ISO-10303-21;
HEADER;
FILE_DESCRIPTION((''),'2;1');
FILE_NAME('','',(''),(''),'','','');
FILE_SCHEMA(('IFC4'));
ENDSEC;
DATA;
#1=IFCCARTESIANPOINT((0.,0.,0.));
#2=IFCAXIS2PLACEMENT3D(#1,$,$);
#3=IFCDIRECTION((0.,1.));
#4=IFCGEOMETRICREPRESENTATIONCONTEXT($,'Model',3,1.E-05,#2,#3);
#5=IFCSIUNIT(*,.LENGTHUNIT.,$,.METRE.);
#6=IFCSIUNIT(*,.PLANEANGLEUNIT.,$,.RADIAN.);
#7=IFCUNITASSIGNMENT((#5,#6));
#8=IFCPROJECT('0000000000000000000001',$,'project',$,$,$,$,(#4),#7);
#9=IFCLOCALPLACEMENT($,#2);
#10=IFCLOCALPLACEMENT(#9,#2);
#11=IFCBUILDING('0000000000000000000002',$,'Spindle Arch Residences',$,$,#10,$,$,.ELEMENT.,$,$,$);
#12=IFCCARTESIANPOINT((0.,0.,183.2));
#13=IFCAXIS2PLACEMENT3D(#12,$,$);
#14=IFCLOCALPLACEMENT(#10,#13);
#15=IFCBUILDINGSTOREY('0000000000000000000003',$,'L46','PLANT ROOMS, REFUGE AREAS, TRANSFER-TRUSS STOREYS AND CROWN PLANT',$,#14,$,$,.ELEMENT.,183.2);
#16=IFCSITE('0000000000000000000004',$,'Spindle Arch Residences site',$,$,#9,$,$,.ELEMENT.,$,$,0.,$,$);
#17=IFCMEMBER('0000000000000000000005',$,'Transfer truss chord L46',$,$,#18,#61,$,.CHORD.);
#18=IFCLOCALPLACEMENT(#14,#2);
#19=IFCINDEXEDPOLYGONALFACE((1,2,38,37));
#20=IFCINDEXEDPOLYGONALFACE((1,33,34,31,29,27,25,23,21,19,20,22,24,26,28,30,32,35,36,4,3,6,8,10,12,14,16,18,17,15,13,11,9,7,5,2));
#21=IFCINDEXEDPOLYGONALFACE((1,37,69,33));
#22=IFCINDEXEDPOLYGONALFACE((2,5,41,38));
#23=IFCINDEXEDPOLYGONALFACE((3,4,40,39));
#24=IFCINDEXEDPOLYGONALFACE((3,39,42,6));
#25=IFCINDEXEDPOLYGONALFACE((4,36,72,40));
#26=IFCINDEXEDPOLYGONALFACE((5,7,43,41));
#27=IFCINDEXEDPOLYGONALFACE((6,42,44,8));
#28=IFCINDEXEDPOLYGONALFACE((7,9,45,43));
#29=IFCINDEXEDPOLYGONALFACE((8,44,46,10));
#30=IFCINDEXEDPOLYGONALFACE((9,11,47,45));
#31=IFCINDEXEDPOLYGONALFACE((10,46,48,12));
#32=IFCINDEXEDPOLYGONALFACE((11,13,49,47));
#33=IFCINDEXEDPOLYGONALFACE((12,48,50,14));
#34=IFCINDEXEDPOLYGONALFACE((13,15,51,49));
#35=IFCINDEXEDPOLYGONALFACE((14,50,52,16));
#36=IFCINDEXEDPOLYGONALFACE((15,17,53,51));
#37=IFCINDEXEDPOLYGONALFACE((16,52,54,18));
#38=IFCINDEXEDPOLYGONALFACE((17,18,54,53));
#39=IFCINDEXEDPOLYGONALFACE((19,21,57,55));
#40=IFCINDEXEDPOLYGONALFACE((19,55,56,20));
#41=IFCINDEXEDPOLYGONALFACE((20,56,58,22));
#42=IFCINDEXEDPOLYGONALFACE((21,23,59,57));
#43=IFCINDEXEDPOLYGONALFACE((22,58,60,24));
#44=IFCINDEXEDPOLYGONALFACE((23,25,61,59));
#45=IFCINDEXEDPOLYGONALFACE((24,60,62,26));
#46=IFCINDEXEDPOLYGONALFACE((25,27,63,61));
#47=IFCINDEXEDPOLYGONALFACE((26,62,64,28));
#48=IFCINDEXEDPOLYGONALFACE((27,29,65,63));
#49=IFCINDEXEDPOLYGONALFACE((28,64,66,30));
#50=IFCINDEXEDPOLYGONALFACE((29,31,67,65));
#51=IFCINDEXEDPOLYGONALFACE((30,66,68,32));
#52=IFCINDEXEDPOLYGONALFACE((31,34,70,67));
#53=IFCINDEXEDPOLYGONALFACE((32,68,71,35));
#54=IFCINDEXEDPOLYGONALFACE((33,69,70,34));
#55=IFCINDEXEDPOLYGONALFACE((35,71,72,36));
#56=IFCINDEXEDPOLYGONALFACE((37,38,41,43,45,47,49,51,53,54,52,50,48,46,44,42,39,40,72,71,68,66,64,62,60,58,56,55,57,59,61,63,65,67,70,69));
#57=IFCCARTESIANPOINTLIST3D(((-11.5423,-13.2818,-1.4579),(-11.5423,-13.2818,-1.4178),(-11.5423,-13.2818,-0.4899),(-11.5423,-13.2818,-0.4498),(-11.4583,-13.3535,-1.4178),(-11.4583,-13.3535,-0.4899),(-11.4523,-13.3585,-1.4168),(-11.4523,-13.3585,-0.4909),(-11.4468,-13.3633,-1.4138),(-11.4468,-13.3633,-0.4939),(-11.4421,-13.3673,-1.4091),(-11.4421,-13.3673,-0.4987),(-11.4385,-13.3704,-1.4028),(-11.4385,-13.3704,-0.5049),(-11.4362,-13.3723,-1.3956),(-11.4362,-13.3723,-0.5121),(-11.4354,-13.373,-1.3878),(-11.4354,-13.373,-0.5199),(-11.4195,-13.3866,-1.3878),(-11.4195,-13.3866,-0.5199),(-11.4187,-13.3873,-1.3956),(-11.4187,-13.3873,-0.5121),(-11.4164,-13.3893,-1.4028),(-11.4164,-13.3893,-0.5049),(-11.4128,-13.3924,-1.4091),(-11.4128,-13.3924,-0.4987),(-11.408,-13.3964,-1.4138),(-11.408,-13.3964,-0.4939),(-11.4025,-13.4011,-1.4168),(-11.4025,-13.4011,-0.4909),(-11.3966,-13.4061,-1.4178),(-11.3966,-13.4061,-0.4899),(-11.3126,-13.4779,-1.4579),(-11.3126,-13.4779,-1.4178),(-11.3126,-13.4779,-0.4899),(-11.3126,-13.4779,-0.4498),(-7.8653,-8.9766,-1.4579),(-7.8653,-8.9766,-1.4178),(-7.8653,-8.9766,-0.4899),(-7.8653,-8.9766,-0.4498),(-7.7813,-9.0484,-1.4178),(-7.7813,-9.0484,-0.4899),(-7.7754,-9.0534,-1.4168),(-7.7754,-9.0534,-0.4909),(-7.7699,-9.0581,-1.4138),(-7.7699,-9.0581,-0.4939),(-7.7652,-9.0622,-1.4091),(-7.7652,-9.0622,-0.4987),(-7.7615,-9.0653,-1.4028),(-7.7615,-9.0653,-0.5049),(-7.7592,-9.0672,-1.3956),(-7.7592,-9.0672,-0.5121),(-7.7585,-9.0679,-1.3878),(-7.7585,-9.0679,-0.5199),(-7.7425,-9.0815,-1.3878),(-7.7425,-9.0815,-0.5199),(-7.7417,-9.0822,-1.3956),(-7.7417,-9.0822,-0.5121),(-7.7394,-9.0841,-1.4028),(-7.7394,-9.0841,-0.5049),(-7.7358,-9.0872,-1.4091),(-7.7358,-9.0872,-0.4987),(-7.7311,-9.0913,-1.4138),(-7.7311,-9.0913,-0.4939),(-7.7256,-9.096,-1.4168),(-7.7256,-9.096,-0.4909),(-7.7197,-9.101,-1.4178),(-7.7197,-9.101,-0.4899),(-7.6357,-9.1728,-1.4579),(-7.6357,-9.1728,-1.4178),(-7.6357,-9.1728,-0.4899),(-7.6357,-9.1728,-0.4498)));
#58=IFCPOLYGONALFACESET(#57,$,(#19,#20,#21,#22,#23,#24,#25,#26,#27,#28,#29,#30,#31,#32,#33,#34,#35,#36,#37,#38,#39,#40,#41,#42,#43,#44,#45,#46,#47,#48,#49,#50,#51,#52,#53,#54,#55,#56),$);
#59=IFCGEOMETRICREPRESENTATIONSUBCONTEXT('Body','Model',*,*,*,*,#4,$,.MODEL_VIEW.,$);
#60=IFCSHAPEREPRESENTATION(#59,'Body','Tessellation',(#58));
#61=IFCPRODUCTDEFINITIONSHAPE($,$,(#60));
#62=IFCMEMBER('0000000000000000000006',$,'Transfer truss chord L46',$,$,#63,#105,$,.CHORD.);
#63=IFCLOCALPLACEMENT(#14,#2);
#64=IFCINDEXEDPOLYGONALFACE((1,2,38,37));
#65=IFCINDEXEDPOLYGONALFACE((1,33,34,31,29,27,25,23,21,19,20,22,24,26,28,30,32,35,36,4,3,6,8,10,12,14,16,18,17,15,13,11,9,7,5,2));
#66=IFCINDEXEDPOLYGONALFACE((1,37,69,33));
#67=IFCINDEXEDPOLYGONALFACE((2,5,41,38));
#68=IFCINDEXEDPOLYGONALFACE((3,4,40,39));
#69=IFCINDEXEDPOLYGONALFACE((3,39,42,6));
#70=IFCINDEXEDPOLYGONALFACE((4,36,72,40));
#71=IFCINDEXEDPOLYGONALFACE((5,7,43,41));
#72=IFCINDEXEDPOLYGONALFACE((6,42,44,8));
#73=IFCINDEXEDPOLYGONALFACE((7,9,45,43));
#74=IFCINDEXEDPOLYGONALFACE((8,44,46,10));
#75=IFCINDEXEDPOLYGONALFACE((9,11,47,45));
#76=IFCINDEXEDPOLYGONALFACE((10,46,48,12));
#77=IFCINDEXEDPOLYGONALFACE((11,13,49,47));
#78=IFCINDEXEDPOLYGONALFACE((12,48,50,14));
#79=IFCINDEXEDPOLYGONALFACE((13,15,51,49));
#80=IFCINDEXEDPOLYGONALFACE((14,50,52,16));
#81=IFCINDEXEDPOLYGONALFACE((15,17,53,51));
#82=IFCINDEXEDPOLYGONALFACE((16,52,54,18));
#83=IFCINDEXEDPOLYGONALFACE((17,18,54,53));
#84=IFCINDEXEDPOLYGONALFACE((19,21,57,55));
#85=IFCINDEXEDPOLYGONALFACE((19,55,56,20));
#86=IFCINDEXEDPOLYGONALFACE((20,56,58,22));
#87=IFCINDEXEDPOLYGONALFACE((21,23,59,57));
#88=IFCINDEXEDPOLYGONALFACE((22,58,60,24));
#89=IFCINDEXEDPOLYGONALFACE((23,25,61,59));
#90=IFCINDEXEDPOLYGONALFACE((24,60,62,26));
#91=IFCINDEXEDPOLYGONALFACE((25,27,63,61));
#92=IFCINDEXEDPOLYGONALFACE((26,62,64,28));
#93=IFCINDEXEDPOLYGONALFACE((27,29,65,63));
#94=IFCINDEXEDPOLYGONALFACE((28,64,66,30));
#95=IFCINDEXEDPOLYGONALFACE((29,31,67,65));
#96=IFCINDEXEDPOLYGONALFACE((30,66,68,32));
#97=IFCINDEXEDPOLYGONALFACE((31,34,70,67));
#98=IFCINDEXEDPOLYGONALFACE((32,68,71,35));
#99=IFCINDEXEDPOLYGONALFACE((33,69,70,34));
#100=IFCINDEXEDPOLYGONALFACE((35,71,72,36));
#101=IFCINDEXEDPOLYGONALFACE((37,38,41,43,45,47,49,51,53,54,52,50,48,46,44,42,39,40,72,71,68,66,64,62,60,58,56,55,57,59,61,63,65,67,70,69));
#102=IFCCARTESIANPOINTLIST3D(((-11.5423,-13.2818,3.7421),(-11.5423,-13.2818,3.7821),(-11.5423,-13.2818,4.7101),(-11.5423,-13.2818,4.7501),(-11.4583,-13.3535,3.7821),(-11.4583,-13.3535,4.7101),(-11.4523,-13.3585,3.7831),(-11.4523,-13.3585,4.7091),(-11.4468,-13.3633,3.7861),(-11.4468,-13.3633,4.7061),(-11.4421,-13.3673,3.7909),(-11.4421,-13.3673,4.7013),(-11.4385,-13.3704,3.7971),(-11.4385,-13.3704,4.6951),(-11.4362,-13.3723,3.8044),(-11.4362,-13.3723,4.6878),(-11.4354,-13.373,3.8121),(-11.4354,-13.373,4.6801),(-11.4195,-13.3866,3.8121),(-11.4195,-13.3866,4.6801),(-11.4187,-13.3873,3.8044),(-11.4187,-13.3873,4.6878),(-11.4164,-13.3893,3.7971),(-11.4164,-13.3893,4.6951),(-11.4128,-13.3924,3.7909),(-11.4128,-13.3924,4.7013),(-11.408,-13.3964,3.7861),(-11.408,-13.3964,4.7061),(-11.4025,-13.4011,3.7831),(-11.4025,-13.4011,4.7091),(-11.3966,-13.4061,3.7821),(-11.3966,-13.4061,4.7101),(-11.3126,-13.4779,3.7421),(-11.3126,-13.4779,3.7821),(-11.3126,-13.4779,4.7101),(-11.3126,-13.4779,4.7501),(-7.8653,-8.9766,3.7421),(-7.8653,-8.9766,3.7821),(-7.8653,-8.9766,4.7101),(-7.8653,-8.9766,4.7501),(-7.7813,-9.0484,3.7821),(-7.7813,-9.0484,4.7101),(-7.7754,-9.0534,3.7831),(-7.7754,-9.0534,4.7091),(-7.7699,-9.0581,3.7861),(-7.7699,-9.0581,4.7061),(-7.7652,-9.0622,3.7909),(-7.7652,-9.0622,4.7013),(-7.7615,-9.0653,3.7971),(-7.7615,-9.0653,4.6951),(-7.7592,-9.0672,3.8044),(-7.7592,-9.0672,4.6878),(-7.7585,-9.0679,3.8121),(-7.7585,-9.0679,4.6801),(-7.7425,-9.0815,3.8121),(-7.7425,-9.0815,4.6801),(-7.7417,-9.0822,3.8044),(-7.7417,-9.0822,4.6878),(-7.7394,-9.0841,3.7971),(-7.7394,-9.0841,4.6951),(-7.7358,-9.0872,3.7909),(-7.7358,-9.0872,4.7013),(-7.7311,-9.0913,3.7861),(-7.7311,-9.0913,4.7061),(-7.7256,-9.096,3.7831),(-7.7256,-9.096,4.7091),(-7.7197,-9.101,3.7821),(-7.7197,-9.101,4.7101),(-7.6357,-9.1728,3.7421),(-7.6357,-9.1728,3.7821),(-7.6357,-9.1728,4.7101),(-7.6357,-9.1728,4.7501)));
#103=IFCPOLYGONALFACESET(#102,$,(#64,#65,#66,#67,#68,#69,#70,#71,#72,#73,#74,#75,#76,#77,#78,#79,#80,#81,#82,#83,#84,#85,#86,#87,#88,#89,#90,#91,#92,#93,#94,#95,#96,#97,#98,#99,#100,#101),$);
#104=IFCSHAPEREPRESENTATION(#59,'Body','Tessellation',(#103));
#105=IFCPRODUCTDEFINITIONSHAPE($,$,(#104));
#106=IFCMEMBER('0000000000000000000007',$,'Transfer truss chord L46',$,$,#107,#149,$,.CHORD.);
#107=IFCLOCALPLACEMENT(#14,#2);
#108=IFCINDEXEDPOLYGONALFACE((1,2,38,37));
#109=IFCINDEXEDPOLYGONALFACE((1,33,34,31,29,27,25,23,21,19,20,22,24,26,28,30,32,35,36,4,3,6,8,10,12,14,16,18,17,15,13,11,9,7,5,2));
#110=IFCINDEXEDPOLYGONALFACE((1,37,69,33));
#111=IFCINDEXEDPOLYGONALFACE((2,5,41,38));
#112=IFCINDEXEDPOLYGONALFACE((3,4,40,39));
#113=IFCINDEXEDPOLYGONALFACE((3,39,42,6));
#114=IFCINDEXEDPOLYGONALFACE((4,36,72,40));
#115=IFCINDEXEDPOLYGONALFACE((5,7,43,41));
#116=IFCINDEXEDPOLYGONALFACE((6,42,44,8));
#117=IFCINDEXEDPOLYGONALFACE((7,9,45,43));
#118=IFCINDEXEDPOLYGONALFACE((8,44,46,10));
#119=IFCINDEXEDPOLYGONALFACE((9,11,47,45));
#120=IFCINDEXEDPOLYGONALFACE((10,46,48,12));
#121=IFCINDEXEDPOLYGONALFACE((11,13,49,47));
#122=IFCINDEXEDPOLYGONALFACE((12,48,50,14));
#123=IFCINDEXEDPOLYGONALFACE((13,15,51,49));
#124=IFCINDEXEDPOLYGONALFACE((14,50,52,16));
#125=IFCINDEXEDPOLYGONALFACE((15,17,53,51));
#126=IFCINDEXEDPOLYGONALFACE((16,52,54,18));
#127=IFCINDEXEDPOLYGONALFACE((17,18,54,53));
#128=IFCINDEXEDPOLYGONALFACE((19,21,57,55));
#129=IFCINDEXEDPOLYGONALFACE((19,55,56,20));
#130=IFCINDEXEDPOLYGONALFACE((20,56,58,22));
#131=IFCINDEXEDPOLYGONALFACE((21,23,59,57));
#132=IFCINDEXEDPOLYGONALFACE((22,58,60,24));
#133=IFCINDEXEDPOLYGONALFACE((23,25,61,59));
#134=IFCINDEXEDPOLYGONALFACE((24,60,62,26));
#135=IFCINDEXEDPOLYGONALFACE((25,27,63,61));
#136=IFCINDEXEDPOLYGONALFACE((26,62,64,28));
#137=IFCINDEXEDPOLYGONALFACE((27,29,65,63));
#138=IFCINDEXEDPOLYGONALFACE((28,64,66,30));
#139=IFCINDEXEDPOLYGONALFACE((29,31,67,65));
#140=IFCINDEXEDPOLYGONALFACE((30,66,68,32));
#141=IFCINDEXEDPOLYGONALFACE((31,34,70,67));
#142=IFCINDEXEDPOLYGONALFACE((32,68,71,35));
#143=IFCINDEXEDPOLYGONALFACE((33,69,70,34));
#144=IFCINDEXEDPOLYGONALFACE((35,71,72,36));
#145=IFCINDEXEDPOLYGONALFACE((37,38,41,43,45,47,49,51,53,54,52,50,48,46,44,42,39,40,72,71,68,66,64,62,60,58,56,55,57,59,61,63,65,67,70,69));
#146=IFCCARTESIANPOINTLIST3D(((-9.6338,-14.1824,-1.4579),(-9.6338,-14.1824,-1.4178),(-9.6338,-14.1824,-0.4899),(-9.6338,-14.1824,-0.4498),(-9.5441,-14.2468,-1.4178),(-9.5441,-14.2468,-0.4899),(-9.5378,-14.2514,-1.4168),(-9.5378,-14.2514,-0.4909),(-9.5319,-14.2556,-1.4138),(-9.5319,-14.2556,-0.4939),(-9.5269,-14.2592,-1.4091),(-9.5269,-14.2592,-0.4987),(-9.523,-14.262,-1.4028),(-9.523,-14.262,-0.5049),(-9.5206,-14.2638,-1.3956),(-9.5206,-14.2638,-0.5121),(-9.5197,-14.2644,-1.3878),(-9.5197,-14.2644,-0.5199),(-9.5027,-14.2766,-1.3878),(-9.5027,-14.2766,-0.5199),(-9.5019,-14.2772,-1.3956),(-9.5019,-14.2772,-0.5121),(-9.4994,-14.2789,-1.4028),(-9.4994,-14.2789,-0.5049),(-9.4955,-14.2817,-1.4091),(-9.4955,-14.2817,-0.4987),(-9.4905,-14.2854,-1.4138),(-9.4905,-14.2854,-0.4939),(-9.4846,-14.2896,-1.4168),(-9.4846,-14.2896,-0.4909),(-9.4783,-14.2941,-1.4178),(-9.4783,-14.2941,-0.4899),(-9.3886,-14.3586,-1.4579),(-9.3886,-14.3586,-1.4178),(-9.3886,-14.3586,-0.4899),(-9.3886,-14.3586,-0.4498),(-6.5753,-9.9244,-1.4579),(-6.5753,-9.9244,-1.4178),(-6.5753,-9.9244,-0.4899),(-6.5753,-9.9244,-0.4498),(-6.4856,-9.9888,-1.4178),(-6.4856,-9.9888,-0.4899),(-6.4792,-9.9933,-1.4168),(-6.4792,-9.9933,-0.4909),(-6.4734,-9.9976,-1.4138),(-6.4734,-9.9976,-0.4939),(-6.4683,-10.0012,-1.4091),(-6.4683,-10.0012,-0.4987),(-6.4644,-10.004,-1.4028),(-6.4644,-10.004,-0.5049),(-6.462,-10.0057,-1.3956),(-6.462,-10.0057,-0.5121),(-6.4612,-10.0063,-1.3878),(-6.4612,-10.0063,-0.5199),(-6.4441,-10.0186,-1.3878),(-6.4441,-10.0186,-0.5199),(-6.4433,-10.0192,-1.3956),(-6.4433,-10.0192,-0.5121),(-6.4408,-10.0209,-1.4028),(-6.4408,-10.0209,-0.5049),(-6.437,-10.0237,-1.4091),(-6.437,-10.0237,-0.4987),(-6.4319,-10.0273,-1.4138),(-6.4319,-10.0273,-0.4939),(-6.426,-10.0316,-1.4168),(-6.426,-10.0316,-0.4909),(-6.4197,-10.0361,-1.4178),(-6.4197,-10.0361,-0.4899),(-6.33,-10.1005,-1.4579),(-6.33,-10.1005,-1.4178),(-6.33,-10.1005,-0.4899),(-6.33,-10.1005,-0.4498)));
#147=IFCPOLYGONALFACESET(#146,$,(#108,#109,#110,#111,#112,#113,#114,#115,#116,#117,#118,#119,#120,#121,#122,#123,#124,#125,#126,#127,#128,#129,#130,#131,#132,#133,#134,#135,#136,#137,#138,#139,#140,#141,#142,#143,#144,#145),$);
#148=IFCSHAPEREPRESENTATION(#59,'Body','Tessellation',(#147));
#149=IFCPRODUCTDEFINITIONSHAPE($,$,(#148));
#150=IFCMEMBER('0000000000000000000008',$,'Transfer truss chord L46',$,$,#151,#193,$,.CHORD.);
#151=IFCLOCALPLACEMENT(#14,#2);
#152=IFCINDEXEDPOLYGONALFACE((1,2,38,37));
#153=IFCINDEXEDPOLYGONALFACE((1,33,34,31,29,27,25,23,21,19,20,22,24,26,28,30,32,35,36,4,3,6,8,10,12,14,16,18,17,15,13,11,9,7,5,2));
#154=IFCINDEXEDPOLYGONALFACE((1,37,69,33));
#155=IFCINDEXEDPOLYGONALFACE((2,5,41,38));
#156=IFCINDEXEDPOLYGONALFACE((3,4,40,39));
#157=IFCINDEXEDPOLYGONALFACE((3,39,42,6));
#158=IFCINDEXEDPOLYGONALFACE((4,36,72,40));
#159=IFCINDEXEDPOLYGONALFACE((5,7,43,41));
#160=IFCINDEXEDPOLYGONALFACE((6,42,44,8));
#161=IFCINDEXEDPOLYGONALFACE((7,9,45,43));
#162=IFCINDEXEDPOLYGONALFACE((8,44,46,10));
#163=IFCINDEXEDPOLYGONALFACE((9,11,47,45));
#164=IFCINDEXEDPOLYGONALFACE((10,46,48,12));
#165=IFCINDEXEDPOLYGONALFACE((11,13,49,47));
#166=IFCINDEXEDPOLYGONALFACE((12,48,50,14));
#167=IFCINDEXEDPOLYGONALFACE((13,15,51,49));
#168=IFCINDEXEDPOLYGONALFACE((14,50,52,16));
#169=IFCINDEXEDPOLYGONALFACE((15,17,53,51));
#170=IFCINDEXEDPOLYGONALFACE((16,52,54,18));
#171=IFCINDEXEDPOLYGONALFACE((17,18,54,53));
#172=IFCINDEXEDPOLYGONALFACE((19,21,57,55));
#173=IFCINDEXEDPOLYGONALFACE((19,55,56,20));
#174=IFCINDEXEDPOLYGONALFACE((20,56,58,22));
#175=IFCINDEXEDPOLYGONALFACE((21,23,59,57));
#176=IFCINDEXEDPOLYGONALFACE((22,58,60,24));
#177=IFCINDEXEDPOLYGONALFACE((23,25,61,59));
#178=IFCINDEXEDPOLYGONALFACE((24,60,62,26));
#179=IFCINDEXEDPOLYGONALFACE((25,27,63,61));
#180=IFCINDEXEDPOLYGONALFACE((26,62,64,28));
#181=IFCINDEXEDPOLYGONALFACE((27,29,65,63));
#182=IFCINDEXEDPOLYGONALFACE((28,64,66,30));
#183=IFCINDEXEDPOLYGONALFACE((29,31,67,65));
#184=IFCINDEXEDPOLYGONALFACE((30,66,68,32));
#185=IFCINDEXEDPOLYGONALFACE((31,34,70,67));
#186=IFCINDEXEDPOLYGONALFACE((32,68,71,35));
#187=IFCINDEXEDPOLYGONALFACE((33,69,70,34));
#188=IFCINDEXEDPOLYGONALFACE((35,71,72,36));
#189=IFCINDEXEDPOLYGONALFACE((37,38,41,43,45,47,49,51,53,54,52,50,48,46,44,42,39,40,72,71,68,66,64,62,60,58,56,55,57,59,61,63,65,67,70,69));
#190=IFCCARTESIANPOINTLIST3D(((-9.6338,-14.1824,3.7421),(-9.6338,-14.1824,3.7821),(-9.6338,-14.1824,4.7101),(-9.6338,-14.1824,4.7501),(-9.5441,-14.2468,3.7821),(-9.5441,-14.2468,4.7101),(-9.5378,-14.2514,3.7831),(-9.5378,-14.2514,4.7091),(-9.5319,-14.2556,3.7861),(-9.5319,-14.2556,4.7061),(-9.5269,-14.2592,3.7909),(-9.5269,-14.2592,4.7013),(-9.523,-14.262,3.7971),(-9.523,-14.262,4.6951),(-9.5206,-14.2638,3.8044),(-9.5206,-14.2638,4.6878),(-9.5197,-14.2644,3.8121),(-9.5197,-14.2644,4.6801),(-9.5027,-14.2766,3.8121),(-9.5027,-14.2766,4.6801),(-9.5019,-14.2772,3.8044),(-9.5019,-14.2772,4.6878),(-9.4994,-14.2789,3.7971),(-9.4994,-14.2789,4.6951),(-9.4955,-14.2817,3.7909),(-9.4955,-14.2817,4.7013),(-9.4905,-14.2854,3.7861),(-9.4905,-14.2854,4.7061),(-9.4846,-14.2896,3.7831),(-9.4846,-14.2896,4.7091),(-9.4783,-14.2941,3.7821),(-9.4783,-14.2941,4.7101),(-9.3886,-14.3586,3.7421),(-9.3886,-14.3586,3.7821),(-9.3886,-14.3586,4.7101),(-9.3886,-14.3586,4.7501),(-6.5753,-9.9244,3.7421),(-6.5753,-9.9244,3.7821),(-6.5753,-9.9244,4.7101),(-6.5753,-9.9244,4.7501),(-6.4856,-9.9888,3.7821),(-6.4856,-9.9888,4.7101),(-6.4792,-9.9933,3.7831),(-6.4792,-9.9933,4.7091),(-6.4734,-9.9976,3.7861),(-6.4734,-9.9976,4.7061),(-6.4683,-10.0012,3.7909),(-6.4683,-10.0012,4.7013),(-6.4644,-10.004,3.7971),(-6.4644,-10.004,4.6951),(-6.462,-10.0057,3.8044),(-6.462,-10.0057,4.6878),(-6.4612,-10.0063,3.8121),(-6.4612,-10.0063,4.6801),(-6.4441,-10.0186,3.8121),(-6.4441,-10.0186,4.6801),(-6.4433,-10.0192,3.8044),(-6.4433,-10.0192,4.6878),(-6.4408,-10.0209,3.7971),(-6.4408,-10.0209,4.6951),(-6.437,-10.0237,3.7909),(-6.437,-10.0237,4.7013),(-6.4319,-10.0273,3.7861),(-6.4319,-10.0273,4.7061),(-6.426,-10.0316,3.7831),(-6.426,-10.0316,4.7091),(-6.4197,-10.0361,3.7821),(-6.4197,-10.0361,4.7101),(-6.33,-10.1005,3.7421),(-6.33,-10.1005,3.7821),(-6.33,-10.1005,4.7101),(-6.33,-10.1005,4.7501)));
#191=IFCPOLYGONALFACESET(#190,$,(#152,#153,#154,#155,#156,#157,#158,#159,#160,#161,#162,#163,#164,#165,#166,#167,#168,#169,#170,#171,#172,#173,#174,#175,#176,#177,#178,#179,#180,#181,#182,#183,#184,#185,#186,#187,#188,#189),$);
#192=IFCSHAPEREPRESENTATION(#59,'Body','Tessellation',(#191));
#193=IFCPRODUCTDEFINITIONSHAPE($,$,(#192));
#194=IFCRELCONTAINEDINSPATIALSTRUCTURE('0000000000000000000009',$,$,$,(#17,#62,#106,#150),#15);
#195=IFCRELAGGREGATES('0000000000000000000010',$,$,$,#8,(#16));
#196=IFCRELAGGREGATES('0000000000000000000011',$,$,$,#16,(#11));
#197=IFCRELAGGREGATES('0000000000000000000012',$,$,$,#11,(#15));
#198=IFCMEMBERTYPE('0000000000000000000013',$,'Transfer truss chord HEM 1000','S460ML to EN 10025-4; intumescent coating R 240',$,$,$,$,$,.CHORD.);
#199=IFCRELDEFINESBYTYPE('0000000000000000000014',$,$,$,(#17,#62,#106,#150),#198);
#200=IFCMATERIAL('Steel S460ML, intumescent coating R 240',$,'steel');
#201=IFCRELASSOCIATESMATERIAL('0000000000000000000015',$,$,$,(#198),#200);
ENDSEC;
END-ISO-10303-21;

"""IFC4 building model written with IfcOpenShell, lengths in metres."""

from ifc_helpers import new_model, si_unit, direction, frame, origin, origin_2d, place, context, subcontext, project, spatial, i_section, extrude, material, material_profile, profile_set, type_object, element, save


model = new_model("IFC4")

# Units and contexts
model_context = context("Model", 3, precision=1e-05, world=origin(), true_north=direction((0.0, 1.0)))
body_context = subcontext(model_context, "Body", "Model", "MODEL_VIEW")
ifc_project = project(units=[si_unit("LENGTHUNIT", "METRE"), si_unit("PLANEANGLEUNIT", "RADIAN")], contexts=[model_context])

# Site, building, storey
site_placement = place(None, origin())
site = spatial("IfcSite", under=ifc_project, at=site_placement, Name="Spindle Arch Residences site", CompositionType="ELEMENT", RefElevation=0.0)
building_placement = place(site_placement, origin())
building = spatial("IfcBuilding", under=site, at=building_placement, Name="Spindle Arch Residences", CompositionType="ELEMENT")
storey_placement = place(building_placement, frame((0.0, 0.0, 183.2)))
storey = spatial("IfcBuildingStorey", under=building, at=storey_placement, Name="L46", Description="PLANT ROOMS, REFUGE AREAS, TRANSFER-TRUSS STOREYS AND CROWN PLANT", CompositionType="ELEMENT", Elevation=183.2)

# Members
ifc_material_1 = material(Name="Steel S460ML, intumescent coating R 240", Category="steel")
ifc_material_profile = material_profile(ifc_material_1, i_section(OverallWidth=0.302, OverallDepth=1.0081, WebThickness=0.021, FlangeThickness=0.04, FilletRadius=0.03, at=origin_2d()), Name="HEM 1000")
ifc_profile_set = profile_set([ifc_material_profile], Name="Steel S460ML, intumescent coating R 240")
member_type = type_object("IfcMemberType", Name="Transfer truss chord HEM 1000", Description="S460ML to EN 10025-4; intumescent coating R 240", PredefinedType="CHORD", material=ifc_profile_set)
for number, where, z_axis, x_axis, name in (
    (1, (-7.7505, -9.0747, -0.9539), (-0.649452, -0.760403, 0.0), (0.760403, -0.649452, 0.0), "Transfer truss chord L46"),
    (2, (-7.7505, -9.0747, 4.2461), (-0.649452, -0.760403, 0.0), (0.760403, -0.649452, 0.0), "Transfer truss chord L46"),
):
    element("IfcMember", number, at=place(storey_placement, frame(where, z_axis=z_axis, x_axis=x_axis)), inside=storey, type_object=member_type, Name=name, PredefinedType="CHORD", context=body_context, shape_type="SweptSolid", body=[
        extrude(i_section(OverallWidth=0.302, OverallDepth=1.0081, WebThickness=0.021, FlangeThickness=0.04, FilletRadius=0.03, at=origin_2d()), origin(), (0.0, 0.0, 1.0), 5.6616),
    ])
for number, where, z_axis, x_axis, name in (
    (3, (-6.4526, -10.0125, -0.9539), (-0.583399, -0.812186, 0.0), (0.812186, -0.583399, 0.0), "Transfer truss chord L46"),
    (4, (-6.4526, -10.0125, 4.2461), (-0.583399, -0.812186, 0.0), (0.812186, -0.583399, 0.0), "Transfer truss chord L46"),
):
    element("IfcMember", number, at=place(storey_placement, frame(where, z_axis=z_axis, x_axis=x_axis)), inside=storey, type_object=member_type, Name=name, PredefinedType="CHORD", context=body_context, shape_type="SweptSolid", body=[
        extrude(i_section(OverallWidth=0.302, OverallDepth=1.0081, WebThickness=0.021, FlangeThickness=0.04, FilletRadius=0.03, at=origin_2d()), origin(), (0.0, 0.0, 1.0), 5.2427),
    ])

save(model, "model.ifc")
